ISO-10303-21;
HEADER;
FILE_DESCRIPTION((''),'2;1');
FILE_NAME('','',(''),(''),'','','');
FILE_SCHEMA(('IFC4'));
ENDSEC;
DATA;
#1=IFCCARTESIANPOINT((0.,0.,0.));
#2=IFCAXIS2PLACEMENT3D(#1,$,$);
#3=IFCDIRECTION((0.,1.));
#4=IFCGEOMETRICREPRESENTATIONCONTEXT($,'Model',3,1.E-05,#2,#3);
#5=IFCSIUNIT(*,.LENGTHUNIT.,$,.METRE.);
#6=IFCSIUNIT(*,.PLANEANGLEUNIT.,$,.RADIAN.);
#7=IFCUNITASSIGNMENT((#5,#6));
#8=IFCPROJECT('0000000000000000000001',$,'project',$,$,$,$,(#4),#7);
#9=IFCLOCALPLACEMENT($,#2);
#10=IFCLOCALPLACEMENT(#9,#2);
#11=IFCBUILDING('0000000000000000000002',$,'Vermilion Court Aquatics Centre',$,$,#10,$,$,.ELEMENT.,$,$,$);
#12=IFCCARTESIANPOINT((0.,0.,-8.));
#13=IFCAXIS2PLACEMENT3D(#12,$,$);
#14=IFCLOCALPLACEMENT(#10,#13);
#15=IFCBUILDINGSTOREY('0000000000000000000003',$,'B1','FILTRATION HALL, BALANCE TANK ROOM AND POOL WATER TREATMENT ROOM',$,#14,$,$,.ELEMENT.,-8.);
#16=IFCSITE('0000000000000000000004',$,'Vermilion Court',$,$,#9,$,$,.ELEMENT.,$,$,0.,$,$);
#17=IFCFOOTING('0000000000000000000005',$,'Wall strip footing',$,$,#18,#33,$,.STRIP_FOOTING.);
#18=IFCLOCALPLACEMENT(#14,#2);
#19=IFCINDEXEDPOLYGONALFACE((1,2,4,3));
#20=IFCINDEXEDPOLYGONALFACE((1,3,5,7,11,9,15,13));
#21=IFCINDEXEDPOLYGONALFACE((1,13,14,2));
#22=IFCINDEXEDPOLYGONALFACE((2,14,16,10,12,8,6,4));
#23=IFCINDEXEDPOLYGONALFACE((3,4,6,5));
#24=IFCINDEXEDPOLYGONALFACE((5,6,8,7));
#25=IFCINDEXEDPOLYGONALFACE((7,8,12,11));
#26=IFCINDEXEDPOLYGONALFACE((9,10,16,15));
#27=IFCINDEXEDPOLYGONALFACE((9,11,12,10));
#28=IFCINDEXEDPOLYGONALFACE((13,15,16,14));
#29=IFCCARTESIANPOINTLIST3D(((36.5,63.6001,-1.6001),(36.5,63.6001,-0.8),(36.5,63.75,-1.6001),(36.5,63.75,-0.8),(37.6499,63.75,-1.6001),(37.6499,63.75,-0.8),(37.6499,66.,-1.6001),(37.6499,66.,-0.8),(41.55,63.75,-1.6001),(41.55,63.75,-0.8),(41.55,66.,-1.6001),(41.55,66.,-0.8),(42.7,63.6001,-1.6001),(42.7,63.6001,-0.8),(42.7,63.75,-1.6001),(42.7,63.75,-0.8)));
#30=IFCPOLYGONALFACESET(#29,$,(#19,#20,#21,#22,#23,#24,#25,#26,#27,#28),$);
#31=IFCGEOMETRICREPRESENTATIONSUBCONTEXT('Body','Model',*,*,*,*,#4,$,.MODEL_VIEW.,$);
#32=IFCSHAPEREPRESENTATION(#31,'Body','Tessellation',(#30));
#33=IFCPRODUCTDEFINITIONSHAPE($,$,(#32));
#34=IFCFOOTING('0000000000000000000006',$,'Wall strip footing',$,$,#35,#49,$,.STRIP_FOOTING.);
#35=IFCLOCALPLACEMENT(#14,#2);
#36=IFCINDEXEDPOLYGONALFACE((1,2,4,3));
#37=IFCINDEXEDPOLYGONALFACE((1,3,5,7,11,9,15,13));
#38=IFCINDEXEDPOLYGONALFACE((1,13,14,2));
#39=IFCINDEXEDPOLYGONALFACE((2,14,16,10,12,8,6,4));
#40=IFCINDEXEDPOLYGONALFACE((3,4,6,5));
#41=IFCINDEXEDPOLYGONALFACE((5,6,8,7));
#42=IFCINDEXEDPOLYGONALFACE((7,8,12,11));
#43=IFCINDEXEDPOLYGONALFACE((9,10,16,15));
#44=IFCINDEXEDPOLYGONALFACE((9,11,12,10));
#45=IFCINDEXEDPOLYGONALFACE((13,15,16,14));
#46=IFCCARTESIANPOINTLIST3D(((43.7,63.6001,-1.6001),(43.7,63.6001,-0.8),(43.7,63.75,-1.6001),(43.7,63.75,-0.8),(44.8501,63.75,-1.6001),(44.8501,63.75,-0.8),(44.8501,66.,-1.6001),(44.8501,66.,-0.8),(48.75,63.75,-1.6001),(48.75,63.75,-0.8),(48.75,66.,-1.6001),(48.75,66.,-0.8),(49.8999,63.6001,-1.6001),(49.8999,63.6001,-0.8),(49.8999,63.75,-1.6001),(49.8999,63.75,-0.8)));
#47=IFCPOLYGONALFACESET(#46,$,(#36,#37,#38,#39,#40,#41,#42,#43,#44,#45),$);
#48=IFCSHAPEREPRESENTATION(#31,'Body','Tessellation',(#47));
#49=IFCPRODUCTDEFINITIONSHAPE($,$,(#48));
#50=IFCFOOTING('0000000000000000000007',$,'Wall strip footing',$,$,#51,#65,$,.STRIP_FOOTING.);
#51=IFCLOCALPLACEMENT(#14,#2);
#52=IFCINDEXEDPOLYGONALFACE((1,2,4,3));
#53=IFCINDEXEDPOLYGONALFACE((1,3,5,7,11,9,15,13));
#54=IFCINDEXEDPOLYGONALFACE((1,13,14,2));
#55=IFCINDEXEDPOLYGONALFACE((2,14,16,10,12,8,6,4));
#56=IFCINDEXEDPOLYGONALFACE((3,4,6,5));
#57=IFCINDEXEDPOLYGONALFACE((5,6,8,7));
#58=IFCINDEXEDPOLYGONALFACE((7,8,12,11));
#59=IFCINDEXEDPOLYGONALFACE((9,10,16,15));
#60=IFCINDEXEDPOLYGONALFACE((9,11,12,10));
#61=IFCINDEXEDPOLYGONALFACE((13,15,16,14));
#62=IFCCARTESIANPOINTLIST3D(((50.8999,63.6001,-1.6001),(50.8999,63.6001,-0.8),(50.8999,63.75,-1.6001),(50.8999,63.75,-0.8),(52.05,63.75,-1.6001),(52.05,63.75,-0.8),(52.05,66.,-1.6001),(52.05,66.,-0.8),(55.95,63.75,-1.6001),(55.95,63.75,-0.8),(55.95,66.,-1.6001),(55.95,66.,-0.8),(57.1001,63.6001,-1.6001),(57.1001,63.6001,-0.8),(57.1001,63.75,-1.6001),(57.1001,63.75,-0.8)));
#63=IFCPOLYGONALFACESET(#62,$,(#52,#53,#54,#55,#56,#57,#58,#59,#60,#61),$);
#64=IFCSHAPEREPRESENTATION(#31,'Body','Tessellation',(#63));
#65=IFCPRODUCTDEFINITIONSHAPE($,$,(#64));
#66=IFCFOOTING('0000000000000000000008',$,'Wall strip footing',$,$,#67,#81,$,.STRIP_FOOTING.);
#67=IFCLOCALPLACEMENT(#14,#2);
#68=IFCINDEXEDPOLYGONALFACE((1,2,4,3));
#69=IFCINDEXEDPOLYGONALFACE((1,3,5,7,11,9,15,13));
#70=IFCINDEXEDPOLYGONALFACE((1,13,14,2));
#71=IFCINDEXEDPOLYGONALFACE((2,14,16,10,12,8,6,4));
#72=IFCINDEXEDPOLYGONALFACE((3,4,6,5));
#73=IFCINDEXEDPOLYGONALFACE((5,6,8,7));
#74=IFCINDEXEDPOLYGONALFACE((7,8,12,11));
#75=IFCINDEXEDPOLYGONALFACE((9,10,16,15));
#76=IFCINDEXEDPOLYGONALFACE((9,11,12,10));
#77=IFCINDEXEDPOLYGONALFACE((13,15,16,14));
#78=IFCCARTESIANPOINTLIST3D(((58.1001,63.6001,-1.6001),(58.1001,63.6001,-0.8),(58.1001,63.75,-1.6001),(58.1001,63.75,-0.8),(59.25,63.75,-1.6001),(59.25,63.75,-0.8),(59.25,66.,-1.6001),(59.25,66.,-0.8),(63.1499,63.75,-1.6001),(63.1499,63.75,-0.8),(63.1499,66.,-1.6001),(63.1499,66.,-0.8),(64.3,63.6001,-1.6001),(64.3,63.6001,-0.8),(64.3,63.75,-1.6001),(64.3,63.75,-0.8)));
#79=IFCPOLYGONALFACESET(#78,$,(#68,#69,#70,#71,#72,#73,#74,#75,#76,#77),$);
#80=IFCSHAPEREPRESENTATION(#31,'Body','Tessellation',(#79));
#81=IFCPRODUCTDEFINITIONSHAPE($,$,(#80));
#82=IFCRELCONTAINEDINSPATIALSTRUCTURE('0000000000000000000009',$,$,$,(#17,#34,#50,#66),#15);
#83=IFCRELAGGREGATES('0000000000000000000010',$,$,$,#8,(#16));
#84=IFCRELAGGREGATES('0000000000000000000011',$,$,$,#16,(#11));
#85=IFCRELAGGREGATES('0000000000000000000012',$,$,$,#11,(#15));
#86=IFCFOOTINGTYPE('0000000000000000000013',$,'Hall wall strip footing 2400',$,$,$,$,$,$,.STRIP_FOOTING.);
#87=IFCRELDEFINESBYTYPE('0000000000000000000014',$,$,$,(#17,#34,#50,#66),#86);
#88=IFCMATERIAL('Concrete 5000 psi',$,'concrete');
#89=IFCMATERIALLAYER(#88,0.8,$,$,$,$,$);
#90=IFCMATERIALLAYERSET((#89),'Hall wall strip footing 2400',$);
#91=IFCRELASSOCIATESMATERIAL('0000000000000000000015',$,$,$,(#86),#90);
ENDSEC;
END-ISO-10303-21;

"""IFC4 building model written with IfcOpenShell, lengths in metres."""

from ifc_helpers import new_model, si_unit, direction, frame, origin, place, context, subcontext, project, spatial, polyline, outline, extrude, material, layer, layer_set, type_object, element, save


model = new_model("IFC4")

# Units and contexts
model_context = context("Model", 3, precision=1e-05, world=origin(), true_north=direction((0.0, 1.0)))
body_context = subcontext(model_context, "Body", "Model", "MODEL_VIEW")
ifc_project = project(units=[si_unit("LENGTHUNIT", "METRE"), si_unit("PLANEANGLEUNIT", "RADIAN")], contexts=[model_context])

# Site, building, storey
site_placement = place(None, origin())
site = spatial("IfcSite", under=ifc_project, at=site_placement, Name="Vermilion Court", CompositionType="ELEMENT", RefElevation=0.0)
building_placement = place(site_placement, origin())
building = spatial("IfcBuilding", under=site, at=building_placement, Name="Vermilion Court Aquatics Centre", CompositionType="ELEMENT")
storey_placement = place(building_placement, frame((0.0, 0.0, -8.0)))
storey = spatial("IfcBuildingStorey", under=building, at=storey_placement, Name="B1", Description="FILTRATION HALL, BALANCE TANK ROOM AND POOL WATER TREATMENT ROOM", CompositionType="ELEMENT", Elevation=-8.0)

# Footings
ifc_material_1 = material(Name="Concrete 5000 psi", Category="concrete")
ifc_layer_1 = layer(ifc_material_1, 0.8)
ifc_layer_set_1 = layer_set([ifc_layer_1], Name="Hall wall strip footing 2400")
footing_type_1 = type_object("IfcFootingType", Name="Hall wall strip footing 2400", PredefinedType="STRIP_FOOTING", material=ifc_layer_set_1)
footing_1_placement = place(storey_placement, frame((0.0, 0.0, -1.6001)))
element("IfcFooting", 1, at=footing_1_placement, inside=storey, type_object=footing_type_1, Name="Wall strip footing", PredefinedType="STRIP_FOOTING", context=body_context, shape_type="SweptSolid", body=[
    extrude(outline(polyline([(36.5, 63.6001), (36.5, 63.75), (37.6499, 63.75), (37.6499, 66.0), (41.55, 66.0), (41.55, 63.75), (42.7, 63.75), (42.7, 63.6001), (36.5, 63.6001)])), origin(), (0.0, 0.0, 1.0), 0.8),
])
footing_2_placement = place(storey_placement, frame((0.0, 0.0, -1.6001)))
element("IfcFooting", 2, at=footing_2_placement, inside=storey, type_object=footing_type_1, Name="Wall strip footing", PredefinedType="STRIP_FOOTING", context=body_context, shape_type="SweptSolid", body=[
    extrude(outline(polyline([(43.7, 63.6001), (43.7, 63.75), (44.8501, 63.75), (44.8501, 66.0), (48.75, 66.0), (48.75, 63.75), (49.8999, 63.75), (49.8999, 63.6001), (43.7, 63.6001)])), origin(), (0.0, 0.0, 1.0), 0.8),
])
footing_3_placement = place(storey_placement, frame((0.0, 0.0, -1.6001)))
element("IfcFooting", 3, at=footing_3_placement, inside=storey, type_object=footing_type_1, Name="Wall strip footing", PredefinedType="STRIP_FOOTING", context=body_context, shape_type="SweptSolid", body=[
    extrude(outline(polyline([(50.8999, 63.6001), (50.8999, 63.75), (52.05, 63.75), (52.05, 66.0), (55.95, 66.0), (55.95, 63.75), (57.1001, 63.75), (57.1001, 63.6001), (50.8999, 63.6001)])), origin(), (0.0, 0.0, 1.0), 0.8),
])
footing_4_placement = place(storey_placement, frame((0.0, 0.0, -1.6001)))
element("IfcFooting", 4, at=footing_4_placement, inside=storey, type_object=footing_type_1, Name="Wall strip footing", PredefinedType="STRIP_FOOTING", context=body_context, shape_type="SweptSolid", body=[
    extrude(outline(polyline([(58.1001, 63.75), (59.25, 63.75), (59.25, 66.0), (63.1499, 66.0), (63.1499, 63.75), (64.3, 63.75), (64.3, 63.6001), (58.1001, 63.6001), (58.1001, 63.75)])), origin(), (0.0, 0.0, 1.0), 0.8),
])

save(model, "model.ifc")
